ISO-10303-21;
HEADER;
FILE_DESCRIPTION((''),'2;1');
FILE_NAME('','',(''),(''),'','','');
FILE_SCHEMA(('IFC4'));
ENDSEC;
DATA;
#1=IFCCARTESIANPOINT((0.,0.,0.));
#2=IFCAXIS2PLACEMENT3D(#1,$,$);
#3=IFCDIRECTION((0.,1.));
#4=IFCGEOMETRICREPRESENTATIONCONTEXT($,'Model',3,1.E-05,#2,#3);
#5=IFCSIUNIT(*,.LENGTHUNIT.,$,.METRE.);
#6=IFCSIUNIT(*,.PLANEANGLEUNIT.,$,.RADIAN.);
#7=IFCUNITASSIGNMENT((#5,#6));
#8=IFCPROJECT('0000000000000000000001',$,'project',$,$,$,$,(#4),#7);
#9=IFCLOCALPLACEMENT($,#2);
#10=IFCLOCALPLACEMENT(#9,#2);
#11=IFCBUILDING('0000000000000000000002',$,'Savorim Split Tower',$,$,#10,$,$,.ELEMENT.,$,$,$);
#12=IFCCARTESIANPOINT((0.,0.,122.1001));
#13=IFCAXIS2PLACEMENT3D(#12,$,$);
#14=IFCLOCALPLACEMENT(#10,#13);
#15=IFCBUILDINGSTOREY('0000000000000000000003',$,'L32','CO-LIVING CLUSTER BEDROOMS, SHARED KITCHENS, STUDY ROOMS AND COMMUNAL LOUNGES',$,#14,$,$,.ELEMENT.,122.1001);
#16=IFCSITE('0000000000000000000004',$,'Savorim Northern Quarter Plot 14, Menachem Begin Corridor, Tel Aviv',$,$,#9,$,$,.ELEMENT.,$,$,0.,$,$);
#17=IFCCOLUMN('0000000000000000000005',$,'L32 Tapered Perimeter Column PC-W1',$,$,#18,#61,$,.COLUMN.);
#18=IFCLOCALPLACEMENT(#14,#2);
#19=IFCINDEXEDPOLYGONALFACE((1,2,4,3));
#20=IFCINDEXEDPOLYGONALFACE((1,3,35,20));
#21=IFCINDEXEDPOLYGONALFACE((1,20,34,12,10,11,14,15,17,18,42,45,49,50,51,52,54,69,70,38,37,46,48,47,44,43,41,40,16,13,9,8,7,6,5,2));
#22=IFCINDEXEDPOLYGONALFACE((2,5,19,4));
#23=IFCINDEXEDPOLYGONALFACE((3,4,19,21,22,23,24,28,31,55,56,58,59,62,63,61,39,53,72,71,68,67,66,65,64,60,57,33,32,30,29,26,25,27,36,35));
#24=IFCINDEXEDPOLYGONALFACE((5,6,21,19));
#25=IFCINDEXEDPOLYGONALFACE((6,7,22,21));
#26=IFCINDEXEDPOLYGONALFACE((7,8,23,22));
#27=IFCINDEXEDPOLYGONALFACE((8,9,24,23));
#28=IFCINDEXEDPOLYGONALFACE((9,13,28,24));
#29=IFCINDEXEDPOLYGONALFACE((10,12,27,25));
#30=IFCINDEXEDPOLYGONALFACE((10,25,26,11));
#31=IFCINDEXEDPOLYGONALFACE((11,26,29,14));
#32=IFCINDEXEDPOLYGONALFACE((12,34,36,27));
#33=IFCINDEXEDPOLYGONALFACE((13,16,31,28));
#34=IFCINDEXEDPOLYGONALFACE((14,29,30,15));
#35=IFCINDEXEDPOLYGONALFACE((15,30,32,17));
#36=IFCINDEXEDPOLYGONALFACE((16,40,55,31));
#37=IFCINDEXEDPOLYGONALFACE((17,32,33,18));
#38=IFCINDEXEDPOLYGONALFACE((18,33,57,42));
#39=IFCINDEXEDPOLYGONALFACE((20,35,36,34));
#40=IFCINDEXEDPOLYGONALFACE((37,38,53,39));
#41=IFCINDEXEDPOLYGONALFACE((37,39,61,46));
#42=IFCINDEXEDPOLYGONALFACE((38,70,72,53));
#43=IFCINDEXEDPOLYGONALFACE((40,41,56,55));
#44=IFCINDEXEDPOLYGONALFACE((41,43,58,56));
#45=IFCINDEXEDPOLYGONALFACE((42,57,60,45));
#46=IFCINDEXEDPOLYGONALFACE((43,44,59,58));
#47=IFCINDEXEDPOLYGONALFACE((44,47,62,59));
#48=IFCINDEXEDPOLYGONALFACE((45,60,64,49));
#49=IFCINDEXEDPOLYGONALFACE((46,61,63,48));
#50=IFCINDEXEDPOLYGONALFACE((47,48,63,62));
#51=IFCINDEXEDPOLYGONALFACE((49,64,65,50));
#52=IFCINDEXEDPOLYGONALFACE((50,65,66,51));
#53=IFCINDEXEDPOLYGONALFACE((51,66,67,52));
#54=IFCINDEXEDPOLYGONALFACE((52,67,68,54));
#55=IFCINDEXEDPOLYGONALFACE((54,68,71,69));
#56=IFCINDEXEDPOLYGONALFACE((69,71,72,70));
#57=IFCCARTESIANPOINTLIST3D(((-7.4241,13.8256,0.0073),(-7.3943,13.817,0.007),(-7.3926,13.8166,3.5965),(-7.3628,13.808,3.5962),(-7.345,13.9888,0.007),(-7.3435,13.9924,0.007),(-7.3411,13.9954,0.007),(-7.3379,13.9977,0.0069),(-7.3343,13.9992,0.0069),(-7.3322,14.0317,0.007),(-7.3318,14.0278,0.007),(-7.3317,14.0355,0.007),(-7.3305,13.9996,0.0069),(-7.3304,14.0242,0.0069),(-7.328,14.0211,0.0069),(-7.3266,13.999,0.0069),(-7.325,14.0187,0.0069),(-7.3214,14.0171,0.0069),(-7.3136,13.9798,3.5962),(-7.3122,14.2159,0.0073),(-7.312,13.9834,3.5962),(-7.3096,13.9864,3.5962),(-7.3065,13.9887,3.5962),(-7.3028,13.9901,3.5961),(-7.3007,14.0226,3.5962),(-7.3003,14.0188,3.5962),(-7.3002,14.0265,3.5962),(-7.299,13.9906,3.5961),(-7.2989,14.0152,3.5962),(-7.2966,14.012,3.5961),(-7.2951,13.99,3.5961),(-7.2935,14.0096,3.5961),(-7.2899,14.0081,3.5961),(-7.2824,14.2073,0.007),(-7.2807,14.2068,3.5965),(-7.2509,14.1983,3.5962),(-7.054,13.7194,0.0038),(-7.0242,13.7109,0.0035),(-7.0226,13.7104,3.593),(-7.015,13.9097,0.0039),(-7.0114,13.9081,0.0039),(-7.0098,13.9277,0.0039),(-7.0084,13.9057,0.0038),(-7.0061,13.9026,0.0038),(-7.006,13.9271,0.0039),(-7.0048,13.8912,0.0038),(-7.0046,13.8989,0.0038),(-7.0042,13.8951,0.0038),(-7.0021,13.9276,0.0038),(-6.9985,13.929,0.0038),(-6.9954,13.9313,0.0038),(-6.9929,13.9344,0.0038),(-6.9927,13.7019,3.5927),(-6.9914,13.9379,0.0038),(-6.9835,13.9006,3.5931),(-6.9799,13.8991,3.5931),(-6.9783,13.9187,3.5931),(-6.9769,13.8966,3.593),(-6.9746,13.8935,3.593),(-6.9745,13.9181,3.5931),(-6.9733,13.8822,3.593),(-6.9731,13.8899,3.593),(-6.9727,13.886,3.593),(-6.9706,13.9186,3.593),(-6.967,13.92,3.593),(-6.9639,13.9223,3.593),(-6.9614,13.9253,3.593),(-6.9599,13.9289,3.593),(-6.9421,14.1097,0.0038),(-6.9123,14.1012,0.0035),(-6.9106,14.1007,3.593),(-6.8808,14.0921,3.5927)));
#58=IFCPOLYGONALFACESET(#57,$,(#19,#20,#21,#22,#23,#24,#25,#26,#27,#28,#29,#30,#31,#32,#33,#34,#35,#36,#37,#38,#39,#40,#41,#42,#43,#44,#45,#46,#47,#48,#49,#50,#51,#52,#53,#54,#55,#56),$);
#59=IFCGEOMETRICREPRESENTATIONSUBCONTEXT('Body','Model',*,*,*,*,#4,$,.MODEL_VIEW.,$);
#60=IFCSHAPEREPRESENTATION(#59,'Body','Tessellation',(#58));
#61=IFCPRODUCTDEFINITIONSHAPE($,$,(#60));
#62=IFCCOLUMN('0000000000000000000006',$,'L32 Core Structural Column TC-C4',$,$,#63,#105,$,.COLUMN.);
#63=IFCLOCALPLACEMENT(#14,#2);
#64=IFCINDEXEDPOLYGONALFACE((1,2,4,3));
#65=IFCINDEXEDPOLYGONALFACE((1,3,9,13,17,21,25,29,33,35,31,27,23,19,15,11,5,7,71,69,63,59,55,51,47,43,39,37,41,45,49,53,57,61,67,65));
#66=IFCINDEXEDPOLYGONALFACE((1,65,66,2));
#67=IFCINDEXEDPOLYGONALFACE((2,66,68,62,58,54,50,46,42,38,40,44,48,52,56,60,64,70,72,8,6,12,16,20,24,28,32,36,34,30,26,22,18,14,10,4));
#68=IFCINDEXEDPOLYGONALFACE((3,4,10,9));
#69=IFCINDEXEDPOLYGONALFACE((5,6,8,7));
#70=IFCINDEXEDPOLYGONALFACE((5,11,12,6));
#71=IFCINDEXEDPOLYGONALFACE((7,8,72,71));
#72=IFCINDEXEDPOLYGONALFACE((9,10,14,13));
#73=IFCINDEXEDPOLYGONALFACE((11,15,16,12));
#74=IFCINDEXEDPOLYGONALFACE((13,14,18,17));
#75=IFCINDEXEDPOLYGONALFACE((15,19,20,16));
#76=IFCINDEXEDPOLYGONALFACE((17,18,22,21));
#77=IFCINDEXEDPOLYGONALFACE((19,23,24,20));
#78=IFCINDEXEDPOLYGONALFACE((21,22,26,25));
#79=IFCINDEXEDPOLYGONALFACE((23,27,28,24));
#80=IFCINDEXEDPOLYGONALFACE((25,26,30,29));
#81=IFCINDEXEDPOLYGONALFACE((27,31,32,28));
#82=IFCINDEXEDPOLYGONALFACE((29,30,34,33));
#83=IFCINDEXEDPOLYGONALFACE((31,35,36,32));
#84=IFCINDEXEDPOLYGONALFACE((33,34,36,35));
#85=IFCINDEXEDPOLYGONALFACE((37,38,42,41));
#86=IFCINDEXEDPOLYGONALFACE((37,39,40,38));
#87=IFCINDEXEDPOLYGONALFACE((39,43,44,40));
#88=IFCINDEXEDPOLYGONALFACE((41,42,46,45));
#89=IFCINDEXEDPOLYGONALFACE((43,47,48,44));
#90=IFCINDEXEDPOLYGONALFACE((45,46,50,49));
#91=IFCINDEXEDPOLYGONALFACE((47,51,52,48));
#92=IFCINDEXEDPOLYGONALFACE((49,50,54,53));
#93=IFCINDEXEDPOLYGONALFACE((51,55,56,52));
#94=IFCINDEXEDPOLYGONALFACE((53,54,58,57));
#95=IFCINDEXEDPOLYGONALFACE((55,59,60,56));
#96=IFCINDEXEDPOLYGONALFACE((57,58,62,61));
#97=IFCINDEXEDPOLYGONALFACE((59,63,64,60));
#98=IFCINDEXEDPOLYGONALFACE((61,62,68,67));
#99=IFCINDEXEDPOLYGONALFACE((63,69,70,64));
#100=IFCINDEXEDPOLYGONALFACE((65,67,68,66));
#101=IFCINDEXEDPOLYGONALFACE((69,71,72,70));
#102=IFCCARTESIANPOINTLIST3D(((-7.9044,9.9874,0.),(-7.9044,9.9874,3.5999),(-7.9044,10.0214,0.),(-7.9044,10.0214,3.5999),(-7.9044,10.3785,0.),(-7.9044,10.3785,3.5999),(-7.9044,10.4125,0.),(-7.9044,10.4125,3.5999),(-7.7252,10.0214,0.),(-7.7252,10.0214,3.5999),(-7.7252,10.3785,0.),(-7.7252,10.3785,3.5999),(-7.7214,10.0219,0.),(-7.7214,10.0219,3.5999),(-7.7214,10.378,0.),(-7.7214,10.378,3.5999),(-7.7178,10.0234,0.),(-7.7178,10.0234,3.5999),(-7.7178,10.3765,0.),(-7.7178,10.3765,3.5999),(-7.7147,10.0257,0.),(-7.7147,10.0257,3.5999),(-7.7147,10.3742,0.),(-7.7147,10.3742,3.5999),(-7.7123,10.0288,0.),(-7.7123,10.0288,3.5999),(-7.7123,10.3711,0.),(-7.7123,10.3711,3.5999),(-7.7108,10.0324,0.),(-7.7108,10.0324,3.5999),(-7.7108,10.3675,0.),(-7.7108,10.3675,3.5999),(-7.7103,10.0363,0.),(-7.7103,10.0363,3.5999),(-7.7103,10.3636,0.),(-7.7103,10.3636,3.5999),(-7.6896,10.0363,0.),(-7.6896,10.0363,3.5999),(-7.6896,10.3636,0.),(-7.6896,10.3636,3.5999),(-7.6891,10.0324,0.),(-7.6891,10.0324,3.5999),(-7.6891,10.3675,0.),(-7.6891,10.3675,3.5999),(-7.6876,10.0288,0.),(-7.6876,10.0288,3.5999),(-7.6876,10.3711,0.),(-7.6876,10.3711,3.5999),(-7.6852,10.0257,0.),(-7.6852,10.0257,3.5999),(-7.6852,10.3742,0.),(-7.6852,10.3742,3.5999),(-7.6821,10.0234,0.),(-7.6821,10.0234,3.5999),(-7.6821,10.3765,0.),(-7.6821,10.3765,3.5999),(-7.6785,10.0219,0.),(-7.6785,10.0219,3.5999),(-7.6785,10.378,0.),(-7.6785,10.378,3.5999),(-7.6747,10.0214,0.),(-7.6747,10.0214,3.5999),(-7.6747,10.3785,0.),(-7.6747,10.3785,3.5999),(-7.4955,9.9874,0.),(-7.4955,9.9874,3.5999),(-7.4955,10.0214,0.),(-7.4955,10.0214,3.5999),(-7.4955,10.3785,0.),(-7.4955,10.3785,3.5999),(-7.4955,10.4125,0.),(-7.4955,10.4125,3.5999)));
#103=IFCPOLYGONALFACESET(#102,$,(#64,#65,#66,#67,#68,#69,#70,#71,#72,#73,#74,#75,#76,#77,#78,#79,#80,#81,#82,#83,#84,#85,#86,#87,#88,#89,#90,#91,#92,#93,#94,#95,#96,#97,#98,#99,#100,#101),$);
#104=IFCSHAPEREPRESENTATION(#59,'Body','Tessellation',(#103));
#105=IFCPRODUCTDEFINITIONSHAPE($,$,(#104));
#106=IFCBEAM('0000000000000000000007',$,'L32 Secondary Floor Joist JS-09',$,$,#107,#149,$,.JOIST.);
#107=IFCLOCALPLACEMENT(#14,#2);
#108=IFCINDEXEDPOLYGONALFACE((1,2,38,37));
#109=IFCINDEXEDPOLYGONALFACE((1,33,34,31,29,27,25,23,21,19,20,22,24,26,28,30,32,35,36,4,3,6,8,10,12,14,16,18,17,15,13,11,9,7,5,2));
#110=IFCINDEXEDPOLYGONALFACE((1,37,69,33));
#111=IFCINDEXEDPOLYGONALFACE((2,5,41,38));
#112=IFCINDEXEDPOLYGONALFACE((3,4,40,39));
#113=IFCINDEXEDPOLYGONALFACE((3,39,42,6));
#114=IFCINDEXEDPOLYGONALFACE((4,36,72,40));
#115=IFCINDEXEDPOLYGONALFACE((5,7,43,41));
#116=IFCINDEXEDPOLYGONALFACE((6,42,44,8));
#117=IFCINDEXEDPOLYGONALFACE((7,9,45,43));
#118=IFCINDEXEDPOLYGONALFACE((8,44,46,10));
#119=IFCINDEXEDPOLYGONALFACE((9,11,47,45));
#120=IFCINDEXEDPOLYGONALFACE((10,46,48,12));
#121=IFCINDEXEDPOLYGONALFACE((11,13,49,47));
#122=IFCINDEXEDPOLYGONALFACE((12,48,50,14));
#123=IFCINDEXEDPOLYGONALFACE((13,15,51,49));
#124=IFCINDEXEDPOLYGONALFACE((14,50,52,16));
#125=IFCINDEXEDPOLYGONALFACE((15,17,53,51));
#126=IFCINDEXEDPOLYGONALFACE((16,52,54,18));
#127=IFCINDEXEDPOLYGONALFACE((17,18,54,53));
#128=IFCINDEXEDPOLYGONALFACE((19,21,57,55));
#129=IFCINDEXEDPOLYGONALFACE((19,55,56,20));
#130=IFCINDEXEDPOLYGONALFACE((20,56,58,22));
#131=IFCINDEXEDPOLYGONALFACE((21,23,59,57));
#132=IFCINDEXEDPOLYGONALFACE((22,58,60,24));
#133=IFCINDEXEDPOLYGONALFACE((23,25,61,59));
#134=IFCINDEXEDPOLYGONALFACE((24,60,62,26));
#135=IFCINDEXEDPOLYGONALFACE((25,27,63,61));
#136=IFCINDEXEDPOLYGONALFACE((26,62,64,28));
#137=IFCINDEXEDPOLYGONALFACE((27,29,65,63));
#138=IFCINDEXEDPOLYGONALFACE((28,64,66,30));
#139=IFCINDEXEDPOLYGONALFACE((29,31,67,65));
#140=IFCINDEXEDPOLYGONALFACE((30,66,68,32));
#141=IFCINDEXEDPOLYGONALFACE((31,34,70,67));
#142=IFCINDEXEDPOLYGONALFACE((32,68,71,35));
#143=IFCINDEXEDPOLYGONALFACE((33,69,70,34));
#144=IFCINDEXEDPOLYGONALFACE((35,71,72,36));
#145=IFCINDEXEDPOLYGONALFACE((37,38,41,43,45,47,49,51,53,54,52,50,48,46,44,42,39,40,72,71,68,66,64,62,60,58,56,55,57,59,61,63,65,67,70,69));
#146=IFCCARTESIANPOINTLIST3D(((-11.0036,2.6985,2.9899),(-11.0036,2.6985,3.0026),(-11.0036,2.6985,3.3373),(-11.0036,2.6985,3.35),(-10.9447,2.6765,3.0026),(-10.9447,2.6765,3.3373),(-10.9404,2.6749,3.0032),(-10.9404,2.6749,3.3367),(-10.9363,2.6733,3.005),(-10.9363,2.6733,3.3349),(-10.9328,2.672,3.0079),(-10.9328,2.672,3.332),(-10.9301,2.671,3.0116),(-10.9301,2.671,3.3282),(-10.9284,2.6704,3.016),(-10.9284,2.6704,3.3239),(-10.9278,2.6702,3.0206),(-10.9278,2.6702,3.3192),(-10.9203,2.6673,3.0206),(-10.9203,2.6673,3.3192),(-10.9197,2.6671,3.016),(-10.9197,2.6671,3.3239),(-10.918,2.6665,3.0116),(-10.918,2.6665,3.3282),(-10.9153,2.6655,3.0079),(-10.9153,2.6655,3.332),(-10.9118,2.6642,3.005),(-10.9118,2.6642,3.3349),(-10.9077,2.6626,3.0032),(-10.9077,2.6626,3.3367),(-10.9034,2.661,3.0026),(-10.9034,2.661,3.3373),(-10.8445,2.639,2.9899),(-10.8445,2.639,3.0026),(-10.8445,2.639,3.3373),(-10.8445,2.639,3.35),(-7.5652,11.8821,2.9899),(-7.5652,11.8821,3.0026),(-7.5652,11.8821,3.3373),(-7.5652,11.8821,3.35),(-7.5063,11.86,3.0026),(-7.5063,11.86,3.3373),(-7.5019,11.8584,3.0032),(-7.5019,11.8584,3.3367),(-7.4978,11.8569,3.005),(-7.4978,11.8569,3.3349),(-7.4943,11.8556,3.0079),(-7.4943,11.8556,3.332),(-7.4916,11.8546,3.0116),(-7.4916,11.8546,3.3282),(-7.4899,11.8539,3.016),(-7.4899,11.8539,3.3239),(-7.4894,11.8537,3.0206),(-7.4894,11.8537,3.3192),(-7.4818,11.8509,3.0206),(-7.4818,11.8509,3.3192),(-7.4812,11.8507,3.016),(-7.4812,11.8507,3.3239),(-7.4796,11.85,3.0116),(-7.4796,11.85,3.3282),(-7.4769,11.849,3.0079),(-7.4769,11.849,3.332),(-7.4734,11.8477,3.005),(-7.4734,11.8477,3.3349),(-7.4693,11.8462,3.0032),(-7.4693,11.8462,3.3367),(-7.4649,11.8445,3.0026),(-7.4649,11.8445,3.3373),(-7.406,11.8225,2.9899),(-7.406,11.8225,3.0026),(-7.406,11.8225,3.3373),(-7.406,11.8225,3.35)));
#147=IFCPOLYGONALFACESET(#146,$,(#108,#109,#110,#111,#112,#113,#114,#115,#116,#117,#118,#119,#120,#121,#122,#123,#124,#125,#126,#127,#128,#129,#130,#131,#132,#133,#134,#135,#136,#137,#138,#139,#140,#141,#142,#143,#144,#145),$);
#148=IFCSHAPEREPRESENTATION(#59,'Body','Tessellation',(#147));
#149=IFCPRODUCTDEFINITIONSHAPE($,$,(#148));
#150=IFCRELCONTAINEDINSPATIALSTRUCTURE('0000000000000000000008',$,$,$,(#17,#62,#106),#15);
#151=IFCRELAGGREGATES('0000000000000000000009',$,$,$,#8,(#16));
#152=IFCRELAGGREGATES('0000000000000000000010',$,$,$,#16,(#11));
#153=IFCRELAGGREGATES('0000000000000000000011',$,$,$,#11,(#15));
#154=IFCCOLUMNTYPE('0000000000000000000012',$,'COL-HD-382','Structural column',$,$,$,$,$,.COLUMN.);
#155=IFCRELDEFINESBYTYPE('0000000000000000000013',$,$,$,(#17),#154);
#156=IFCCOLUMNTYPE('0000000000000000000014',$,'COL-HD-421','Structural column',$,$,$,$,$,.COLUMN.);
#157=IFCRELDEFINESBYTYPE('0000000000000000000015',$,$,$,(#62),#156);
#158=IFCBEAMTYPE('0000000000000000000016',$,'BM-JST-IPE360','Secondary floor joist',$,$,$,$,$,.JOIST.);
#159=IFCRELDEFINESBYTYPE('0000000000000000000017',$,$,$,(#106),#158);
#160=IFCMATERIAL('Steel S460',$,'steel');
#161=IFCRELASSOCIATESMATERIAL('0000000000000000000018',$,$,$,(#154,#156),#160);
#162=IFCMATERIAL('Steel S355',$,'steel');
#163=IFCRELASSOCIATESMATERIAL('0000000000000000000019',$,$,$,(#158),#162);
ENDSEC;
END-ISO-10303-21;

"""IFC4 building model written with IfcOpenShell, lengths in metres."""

from ifc_helpers import new_model, si_unit, direction, frame, origin, origin_2d, place, context, subcontext, project, spatial, i_section, extrude, material, material_profile, profile_set, type_object, element, save


model = new_model("IFC4")

# Units and contexts
model_context = context("Model", 3, precision=1e-05, world=origin(), true_north=direction((0.0, 1.0)))
body_context = subcontext(model_context, "Body", "Model", "MODEL_VIEW")
ifc_project = project(units=[si_unit("LENGTHUNIT", "METRE"), si_unit("PLANEANGLEUNIT", "RADIAN")], contexts=[model_context])

# Site, building, storey
site_placement = place(None, origin())
site = spatial("IfcSite", under=ifc_project, at=site_placement, Name="Savorim Northern Quarter Plot 14, Menachem Begin Corridor, Tel Aviv", CompositionType="ELEMENT", RefElevation=0.0)
building_placement = place(site_placement, origin())
building = spatial("IfcBuilding", under=site, at=building_placement, Name="Savorim Split Tower", CompositionType="ELEMENT")
storey_placement = place(building_placement, frame((0.0, 0.0, 122.1001)))
storey = spatial("IfcBuildingStorey", under=building, at=storey_placement, Name="L32", Description="CO-LIVING CLUSTER BEDROOMS, SHARED KITCHENS, STUDY ROOMS AND COMMUNAL LOUNGES", CompositionType="ELEMENT", Elevation=122.1001)

# Columns
ifc_material_1 = material(Name="Steel S460", Category="steel")
ifc_material_profile_1 = material_profile(ifc_material_1, i_section(OverallWidth=0.406, OverallDepth=0.416, WebThickness=0.0188, FlangeThickness=0.031, FilletRadius=0.0149, at=origin_2d()), Name="HD 400x382")
ifc_profile_set_1 = profile_set([ifc_material_profile_1], Name="Steel S460")
column_type_1 = type_object("IfcColumnType", Name="COL-HD-382", Description="Structural column", PredefinedType="COLUMN", material=ifc_profile_set_1)
column_1_placement = place(storey_placement, frame((-7.1682, 13.9634, 0.0054), z_axis=(0.008775, -0.002517, 0.999958), x_axis=(0.275705, 0.961242, 0.0)))
element("IfcColumn", 1, at=column_1_placement, inside=storey, type_object=column_type_1, Name="L32 Tapered Perimeter Column PC-W1", PredefinedType="COLUMN", context=body_context, shape_type="SweptSolid", body=[
    extrude(i_section(OverallWidth=0.406, OverallDepth=0.416, WebThickness=0.0188, FlangeThickness=0.031, FilletRadius=0.0149, at=origin_2d()), origin(), (0.0, 0.0, 1.0), 3.5894),
])
ifc_material_profile_2 = material_profile(ifc_material_1, i_section(OverallWidth=0.4089, OverallDepth=0.425, WebThickness=0.0208, FlangeThickness=0.0339, FilletRadius=0.0149, at=origin_2d()), Name="HD 400x421")
ifc_profile_set_2 = profile_set([ifc_material_profile_2], Name="Steel S460")
column_type_2 = type_object("IfcColumnType", Name="COL-HD-421", Description="Structural column", PredefinedType="COLUMN", material=ifc_profile_set_2)
column_2_placement = place(storey_placement, frame((-7.7, 10.2, 0.0), z_axis=(0.0, 0.0, 1.0), x_axis=(1.0, 0.0, 0.0)))
element("IfcColumn", 2, at=column_2_placement, inside=storey, type_object=column_type_2, Name="L32 Core Structural Column TC-C4", PredefinedType="COLUMN", context=body_context, shape_type="SweptSolid", body=[
    extrude(i_section(OverallWidth=0.4089, OverallDepth=0.425, WebThickness=0.0208, FlangeThickness=0.0339, FilletRadius=0.0149, at=origin_2d()), origin(), (0.0, 0.0, 1.0), 3.5999),
])

# Beam
ifc_material_2 = material(Name="Steel S355", Category="steel")
ifc_material_profile_3 = material_profile(ifc_material_2, i_section(OverallWidth=0.1699, OverallDepth=0.3601, WebThickness=0.0081, FlangeThickness=0.0127, FilletRadius=0.0181, at=origin_2d()), Name="IPE 360")
ifc_profile_set_3 = profile_set([ifc_material_profile_3], Name="Steel S355")
beam_type_1 = type_object("IfcBeamType", Name="BM-JST-IPE360", Description="Secondary floor joist", PredefinedType="JOIST", material=ifc_profile_set_3)
beam_1_placement = place(storey_placement, frame((-7.4856, 11.8523, 3.1699), z_axis=(-0.350643, -0.936509, 0.0), x_axis=(0.936509, -0.350643, 0.0)))
element("IfcBeam", 3, at=beam_1_placement, inside=storey, type_object=beam_type_1, Name="L32 Secondary Floor Joist JS-09", PredefinedType="JOIST", context=body_context, shape_type="SweptSolid", body=[
    extrude(i_section(OverallWidth=0.1699, OverallDepth=0.3601, WebThickness=0.0081, FlangeThickness=0.0127, FilletRadius=0.0181, at=origin_2d()), origin(), (0.0, 0.0, 1.0), 9.8062),
])

save(model, "model.ifc")
